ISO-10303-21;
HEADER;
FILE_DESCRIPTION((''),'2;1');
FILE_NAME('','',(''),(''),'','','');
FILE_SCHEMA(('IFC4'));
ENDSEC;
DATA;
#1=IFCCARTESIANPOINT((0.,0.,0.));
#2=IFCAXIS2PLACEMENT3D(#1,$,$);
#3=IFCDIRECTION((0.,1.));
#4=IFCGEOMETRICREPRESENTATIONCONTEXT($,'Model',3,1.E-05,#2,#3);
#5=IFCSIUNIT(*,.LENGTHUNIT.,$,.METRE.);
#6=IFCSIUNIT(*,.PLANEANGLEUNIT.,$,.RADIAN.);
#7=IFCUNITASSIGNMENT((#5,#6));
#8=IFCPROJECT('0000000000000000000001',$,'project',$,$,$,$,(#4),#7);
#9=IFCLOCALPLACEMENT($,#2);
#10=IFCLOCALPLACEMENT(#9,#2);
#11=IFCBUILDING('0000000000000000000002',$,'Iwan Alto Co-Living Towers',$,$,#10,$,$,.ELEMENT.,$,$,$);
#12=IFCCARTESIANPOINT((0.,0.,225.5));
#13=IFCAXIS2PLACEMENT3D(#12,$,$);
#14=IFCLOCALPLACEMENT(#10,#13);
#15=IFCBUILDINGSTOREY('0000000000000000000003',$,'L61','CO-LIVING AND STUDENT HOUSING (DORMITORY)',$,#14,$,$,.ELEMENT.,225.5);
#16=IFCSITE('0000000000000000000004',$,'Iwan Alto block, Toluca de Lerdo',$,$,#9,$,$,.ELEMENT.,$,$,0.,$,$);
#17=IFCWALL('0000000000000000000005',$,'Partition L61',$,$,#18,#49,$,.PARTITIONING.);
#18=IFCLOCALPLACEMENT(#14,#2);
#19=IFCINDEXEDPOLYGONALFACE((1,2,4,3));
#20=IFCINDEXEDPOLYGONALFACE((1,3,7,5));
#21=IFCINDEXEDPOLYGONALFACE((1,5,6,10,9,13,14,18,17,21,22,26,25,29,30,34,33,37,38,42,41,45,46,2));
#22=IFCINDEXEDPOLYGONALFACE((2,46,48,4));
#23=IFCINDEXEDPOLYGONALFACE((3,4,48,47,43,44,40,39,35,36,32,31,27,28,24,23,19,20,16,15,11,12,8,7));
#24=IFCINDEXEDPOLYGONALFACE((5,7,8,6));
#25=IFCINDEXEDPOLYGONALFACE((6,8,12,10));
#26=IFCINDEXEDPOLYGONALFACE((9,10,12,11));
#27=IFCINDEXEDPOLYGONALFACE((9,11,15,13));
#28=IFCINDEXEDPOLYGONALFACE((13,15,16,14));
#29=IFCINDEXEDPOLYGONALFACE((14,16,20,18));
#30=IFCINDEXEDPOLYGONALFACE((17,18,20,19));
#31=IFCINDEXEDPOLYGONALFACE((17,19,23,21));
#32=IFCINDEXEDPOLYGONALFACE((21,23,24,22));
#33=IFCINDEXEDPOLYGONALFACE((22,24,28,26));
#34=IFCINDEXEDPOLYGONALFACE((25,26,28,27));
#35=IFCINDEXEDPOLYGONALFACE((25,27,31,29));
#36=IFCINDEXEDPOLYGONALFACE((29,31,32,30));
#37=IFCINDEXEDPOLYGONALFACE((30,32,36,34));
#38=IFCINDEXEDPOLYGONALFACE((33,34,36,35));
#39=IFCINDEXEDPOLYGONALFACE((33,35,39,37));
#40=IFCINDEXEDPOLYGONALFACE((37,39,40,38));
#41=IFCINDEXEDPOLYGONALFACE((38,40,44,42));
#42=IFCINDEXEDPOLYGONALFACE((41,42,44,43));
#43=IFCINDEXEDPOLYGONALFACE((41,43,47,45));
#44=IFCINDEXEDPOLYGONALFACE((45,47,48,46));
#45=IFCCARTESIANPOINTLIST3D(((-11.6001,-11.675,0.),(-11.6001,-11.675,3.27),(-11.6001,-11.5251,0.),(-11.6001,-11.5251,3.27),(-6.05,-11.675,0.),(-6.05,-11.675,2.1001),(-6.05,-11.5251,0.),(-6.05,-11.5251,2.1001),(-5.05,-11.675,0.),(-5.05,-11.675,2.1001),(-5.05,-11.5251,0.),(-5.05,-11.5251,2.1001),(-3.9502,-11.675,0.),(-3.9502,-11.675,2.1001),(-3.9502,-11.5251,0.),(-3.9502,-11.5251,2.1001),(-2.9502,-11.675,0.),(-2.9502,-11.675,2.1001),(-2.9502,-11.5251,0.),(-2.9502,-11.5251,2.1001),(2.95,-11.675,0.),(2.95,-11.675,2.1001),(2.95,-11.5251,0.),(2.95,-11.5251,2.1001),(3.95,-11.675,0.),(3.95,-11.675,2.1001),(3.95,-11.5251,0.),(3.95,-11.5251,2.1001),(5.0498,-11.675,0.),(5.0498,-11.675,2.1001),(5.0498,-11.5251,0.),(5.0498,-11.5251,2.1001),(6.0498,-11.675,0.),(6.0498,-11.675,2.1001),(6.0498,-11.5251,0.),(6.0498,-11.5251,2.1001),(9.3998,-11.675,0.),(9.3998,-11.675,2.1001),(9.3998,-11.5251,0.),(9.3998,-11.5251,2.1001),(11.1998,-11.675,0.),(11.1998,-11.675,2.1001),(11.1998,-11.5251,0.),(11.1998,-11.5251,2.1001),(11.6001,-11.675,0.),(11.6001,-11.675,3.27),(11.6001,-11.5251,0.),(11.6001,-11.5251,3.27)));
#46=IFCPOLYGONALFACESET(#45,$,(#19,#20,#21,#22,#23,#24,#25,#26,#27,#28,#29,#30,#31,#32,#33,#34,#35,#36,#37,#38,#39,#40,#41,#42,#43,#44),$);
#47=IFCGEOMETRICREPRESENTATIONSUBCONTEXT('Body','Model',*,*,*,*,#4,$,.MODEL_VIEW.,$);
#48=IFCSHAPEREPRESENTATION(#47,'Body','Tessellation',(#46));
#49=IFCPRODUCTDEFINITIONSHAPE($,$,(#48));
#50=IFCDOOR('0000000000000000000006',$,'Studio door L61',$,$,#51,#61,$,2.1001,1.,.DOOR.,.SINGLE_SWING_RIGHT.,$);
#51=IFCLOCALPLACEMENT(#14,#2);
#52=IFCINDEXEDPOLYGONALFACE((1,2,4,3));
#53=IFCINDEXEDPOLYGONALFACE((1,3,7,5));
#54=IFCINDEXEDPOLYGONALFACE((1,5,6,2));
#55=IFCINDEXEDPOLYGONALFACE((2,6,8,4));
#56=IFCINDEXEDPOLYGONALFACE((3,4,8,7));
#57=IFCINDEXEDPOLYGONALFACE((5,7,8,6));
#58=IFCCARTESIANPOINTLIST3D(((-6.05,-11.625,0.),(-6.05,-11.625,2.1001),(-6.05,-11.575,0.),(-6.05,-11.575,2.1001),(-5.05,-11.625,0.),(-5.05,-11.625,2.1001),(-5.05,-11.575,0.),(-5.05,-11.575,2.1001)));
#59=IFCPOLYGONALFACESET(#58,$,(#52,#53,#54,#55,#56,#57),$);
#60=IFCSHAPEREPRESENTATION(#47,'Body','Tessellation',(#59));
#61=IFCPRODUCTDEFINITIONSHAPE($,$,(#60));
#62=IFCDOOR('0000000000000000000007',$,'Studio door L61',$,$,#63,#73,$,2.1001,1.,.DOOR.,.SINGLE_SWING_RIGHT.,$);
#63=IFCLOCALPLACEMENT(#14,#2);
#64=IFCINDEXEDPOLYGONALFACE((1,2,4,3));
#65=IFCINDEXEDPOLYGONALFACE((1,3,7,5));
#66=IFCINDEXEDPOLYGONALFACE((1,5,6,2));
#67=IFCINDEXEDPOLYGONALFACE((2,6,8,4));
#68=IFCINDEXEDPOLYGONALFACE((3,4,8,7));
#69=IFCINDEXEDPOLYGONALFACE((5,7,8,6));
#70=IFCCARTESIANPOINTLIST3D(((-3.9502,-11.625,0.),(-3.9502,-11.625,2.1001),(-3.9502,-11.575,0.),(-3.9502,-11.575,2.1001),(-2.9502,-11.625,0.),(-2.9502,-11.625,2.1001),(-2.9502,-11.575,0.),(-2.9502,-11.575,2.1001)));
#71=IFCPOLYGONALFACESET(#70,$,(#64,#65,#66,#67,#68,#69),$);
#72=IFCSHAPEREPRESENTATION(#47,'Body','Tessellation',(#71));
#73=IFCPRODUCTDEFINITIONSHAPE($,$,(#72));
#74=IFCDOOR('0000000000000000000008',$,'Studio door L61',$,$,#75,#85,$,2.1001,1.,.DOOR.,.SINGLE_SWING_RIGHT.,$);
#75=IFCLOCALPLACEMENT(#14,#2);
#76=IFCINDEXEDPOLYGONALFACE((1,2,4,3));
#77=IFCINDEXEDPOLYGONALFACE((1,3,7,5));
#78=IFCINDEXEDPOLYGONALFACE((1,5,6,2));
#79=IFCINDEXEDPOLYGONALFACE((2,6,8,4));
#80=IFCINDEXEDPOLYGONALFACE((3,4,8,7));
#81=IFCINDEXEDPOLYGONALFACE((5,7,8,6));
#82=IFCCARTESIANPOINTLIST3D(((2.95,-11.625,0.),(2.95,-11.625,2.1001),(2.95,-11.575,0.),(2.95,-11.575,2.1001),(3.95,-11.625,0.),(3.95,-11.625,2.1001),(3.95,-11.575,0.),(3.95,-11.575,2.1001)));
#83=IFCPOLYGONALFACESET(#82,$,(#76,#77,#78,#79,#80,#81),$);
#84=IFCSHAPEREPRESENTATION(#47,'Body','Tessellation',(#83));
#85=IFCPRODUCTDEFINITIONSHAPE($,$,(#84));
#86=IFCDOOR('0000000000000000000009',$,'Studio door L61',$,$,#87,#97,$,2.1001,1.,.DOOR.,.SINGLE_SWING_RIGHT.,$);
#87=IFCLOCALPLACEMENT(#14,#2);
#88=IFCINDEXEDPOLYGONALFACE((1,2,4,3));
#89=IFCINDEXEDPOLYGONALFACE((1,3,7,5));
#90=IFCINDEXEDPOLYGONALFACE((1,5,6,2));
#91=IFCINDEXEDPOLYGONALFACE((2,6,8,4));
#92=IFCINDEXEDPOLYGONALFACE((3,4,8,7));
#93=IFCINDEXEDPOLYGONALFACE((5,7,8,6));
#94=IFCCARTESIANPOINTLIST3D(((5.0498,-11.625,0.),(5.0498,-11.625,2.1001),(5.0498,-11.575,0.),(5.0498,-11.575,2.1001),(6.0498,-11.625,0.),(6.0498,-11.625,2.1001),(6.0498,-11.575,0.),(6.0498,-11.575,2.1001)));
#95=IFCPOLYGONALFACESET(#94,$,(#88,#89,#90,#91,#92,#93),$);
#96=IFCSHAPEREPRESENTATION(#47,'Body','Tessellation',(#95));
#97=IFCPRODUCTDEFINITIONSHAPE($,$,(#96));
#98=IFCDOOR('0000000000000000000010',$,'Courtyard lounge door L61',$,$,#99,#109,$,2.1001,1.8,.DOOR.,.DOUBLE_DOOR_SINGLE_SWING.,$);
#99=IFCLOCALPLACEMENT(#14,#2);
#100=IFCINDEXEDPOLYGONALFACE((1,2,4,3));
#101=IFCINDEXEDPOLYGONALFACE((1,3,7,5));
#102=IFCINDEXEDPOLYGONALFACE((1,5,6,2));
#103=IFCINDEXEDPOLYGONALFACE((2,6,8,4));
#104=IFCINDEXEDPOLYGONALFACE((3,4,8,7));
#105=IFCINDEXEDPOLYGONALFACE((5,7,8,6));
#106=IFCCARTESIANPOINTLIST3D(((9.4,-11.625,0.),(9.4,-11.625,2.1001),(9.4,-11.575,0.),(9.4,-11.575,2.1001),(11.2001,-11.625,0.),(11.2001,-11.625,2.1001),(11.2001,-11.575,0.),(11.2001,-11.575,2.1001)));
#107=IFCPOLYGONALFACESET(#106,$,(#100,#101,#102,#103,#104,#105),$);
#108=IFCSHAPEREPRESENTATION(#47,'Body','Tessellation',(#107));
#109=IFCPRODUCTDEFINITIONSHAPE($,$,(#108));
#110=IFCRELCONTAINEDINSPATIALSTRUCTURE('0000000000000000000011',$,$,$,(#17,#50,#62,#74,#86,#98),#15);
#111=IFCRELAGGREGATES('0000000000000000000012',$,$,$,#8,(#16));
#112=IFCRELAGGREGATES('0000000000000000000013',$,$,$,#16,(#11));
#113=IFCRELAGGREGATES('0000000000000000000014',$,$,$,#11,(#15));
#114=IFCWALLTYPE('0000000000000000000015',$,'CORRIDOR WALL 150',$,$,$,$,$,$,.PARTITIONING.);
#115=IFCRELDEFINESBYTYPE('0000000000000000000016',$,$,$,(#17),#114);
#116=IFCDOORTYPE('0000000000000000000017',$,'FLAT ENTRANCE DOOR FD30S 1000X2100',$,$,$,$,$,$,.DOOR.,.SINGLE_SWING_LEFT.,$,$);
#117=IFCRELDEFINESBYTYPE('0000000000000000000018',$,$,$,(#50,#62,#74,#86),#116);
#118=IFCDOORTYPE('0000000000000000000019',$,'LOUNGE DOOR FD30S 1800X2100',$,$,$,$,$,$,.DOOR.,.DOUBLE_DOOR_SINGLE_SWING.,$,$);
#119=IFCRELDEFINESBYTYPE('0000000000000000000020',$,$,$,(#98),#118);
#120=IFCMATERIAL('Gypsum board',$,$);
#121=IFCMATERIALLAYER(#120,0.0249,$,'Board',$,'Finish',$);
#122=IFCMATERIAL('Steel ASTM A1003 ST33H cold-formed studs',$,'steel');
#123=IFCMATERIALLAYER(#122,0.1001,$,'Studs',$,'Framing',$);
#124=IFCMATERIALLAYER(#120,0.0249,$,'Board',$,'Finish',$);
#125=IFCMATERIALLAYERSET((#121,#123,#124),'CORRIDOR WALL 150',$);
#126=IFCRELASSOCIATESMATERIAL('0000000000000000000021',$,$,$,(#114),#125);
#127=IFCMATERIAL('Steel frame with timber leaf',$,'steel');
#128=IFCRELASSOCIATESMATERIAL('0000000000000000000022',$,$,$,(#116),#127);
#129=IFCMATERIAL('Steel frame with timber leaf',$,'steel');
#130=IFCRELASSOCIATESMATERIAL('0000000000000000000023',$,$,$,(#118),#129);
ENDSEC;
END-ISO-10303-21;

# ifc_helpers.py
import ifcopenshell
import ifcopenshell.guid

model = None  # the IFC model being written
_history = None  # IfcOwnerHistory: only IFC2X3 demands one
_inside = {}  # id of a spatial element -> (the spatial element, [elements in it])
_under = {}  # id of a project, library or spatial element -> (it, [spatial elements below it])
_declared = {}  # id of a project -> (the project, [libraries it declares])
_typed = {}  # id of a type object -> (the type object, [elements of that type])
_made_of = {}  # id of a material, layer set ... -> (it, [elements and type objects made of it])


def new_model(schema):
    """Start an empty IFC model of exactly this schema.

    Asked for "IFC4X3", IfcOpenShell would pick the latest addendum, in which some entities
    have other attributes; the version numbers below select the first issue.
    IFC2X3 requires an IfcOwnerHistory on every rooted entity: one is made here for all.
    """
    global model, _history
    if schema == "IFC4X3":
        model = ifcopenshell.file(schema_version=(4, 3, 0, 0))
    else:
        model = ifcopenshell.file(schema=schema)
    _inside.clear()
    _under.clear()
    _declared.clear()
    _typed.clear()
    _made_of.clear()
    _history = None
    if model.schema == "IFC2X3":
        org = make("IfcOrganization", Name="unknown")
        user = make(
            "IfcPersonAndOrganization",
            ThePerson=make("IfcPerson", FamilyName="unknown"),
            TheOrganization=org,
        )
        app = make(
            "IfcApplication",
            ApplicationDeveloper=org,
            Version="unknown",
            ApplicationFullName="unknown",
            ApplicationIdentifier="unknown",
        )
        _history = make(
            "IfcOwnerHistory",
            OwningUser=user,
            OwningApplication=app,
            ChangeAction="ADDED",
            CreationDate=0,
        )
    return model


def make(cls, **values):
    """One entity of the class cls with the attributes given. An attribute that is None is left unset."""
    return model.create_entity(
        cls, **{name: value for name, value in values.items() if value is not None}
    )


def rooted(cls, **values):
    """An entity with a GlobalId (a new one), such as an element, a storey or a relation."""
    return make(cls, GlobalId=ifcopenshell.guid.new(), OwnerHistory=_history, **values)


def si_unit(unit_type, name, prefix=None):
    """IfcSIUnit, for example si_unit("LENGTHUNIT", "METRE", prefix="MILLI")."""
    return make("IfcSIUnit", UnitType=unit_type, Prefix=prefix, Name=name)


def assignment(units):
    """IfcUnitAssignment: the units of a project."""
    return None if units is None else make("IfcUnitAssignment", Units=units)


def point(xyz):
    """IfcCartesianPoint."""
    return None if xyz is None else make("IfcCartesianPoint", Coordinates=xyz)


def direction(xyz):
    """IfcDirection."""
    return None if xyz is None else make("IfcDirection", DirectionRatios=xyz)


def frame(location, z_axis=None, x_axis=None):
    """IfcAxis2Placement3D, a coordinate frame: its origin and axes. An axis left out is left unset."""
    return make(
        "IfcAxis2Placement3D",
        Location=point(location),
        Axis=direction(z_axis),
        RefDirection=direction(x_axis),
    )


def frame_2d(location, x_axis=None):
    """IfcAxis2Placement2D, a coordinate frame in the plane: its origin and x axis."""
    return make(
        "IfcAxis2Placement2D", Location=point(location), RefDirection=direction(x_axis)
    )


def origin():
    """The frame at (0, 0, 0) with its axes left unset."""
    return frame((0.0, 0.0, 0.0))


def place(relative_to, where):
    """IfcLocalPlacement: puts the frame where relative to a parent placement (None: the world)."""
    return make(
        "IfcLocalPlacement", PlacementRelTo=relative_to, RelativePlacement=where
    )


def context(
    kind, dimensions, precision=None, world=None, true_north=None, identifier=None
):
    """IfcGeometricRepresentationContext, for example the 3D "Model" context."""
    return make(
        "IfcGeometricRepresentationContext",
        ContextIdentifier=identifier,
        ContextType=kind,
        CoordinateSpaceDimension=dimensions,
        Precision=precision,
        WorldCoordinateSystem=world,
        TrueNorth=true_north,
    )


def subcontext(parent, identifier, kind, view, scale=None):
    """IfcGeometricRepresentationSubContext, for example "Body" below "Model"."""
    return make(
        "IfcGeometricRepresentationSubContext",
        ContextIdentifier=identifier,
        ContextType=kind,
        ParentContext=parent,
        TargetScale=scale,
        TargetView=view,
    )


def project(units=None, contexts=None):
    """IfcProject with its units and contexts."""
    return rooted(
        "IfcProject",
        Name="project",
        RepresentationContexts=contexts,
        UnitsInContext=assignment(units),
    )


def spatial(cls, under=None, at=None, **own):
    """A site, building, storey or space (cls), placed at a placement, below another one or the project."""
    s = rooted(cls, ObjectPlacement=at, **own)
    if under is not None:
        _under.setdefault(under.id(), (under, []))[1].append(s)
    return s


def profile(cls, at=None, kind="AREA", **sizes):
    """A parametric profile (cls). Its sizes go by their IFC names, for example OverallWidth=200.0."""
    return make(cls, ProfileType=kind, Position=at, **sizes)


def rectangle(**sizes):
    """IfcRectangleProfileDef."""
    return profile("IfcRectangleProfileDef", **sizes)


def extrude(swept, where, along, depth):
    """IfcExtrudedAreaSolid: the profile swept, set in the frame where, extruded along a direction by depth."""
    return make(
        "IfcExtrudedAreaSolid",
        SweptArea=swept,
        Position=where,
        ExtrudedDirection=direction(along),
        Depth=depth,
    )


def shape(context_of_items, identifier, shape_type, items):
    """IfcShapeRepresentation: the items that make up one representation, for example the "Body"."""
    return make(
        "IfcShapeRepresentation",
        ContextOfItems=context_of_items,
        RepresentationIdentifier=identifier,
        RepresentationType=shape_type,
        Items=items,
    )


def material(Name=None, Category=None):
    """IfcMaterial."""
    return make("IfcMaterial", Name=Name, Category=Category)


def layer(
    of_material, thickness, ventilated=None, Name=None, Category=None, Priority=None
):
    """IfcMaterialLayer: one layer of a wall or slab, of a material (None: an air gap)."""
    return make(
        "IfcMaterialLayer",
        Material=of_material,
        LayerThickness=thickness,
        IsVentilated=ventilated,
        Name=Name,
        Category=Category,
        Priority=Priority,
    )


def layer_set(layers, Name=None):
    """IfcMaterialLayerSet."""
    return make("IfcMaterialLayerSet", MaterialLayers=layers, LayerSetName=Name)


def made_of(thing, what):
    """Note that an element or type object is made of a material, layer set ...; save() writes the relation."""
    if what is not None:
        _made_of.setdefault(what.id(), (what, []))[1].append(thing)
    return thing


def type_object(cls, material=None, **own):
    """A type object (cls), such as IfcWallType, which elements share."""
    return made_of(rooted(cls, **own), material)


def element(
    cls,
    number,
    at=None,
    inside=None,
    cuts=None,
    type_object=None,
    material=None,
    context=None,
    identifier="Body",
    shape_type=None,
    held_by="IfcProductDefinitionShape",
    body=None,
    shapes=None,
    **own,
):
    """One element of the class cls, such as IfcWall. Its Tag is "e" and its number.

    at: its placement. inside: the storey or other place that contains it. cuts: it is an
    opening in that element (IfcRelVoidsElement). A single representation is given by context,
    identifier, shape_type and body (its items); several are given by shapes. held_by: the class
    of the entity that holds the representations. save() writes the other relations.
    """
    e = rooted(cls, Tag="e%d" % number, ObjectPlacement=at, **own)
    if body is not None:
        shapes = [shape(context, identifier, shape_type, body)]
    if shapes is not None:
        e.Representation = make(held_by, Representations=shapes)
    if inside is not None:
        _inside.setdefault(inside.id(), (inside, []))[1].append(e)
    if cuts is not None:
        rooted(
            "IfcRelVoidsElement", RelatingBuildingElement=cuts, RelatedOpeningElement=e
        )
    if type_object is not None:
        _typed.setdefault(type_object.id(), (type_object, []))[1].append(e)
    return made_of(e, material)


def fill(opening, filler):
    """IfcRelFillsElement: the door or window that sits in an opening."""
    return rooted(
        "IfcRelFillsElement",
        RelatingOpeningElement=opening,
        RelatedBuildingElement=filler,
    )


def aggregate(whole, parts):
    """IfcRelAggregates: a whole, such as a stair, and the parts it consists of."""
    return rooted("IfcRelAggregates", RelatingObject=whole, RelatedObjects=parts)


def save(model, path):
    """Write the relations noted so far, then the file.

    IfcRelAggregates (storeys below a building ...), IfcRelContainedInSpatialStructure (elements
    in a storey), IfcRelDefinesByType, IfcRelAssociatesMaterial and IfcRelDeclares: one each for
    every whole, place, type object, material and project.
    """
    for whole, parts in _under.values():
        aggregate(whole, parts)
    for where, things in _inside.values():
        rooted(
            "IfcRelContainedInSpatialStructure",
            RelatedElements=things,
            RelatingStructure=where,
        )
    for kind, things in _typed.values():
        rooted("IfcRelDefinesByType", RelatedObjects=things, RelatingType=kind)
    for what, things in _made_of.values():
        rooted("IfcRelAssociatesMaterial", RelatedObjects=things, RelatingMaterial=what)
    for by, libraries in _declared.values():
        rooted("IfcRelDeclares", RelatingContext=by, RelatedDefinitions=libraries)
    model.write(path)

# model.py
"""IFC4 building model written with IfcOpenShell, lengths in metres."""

from ifc_helpers import new_model, si_unit, direction, frame, frame_2d, origin, place, context, subcontext, project, spatial, rectangle, extrude, material, layer, layer_set, type_object, element, fill, save


model = new_model("IFC4")

# Units and contexts
model_context = context("Model", 3, precision=1e-05, world=origin(), true_north=direction((0.0, 1.0)))
body_context = subcontext(model_context, "Body", "Model", "MODEL_VIEW")
ifc_project = project(units=[si_unit("LENGTHUNIT", "METRE"), si_unit("PLANEANGLEUNIT", "RADIAN")], contexts=[model_context])

# Site, building, storey
site_placement = place(None, origin())
site = spatial("IfcSite", under=ifc_project, at=site_placement, Name="Iwan Alto block, Toluca de Lerdo", CompositionType="ELEMENT", RefElevation=0.0)
building_placement = place(site_placement, origin())
building = spatial("IfcBuilding", under=site, at=building_placement, Name="Iwan Alto Co-Living Towers", CompositionType="ELEMENT")
storey_placement = place(building_placement, frame((0.0, 0.0, 225.5)))
storey = spatial("IfcBuildingStorey", under=building, at=storey_placement, Name="L61", Description="CO-LIVING AND STUDENT HOUSING (DORMITORY)", CompositionType="ELEMENT", Elevation=225.5)

# Wall, openings, doors
ifc_material_1 = material(Name="Gypsum board")
ifc_layer_1 = layer(ifc_material_1, 0.0249, Name="Board", Category="Finish")
ifc_material_2 = material(Name="Steel ASTM A1003 ST33H cold-formed studs", Category="steel")
ifc_layer_2 = layer(ifc_material_2, 0.1001, Name="Studs", Category="Framing")
ifc_layer_3 = layer(ifc_material_1, 0.0249, Name="Board", Category="Finish")
ifc_layer_set_1 = layer_set([ifc_layer_1, ifc_layer_2, ifc_layer_3], Name="CORRIDOR WALL 150")
wall_type_1 = type_object("IfcWallType", Name="CORRIDOR WALL 150", PredefinedType="PARTITIONING", material=ifc_layer_set_1)
wall_1_placement = place(storey_placement, frame((-11.6001, -11.6001, 0.0), z_axis=(0.0, 0.0, 1.0), x_axis=(1.0, 0.0, 0.0)))
wall_1 = element("IfcWall", 1, at=wall_1_placement, inside=storey, type_object=wall_type_1, Name="Partition L61", PredefinedType="PARTITIONING", context=body_context, shape_type="SweptSolid", body=[
    extrude(rectangle(XDim=23.2002, YDim=0.1499, at=frame_2d((11.6001, 0.0))), origin(), (0.0, 0.0, 1.0), 3.27),
])
opening_1_placement = place(wall_1_placement, frame((5.55, 0.0, 0.0)))
opening_1 = element("IfcOpeningElement", 2, at=opening_1_placement, cuts=wall_1, PredefinedType="OPENING", context=body_context, shape_type="SweptSolid", body=[
    extrude(rectangle(XDim=1.0, YDim=2.1001, at=frame_2d((0.5, 1.05))), frame((0.0, 0.085, 0.0), z_axis=(0.0, -1.0, 0.0), x_axis=(1.0, 0.0, 0.0)), (0.0, 0.0, 1.0), 0.1699),
])
opening_2_placement = place(wall_1_placement, frame((7.6499, 0.0, 0.0)))
opening_2 = element("IfcOpeningElement", 3, at=opening_2_placement, cuts=wall_1, PredefinedType="OPENING", context=body_context, shape_type="SweptSolid", body=[
    extrude(rectangle(XDim=1.0, YDim=2.1001, at=frame_2d((0.5, 1.05))), frame((0.0, 0.085, 0.0), z_axis=(0.0, -1.0, 0.0), x_axis=(1.0, 0.0, 0.0)), (0.0, 0.0, 1.0), 0.1699),
])
opening_3_placement = place(wall_1_placement, frame((14.55, 0.0, 0.0)))
opening_3 = element("IfcOpeningElement", 4, at=opening_3_placement, cuts=wall_1, PredefinedType="OPENING", context=body_context, shape_type="SweptSolid", body=[
    extrude(rectangle(XDim=1.0, YDim=2.1001, at=frame_2d((0.5, 1.05))), frame((0.0, 0.085, 0.0), z_axis=(0.0, -1.0, 0.0), x_axis=(1.0, 0.0, 0.0)), (0.0, 0.0, 1.0), 0.1699),
])
opening_4_placement = place(wall_1_placement, frame((16.6499, 0.0, 0.0)))
opening_4 = element("IfcOpeningElement", 5, at=opening_4_placement, cuts=wall_1, PredefinedType="OPENING", context=body_context, shape_type="SweptSolid", body=[
    extrude(rectangle(XDim=1.0, YDim=2.1001, at=frame_2d((0.5, 1.05))), frame((0.0, 0.085, 0.0), z_axis=(0.0, -1.0, 0.0), x_axis=(1.0, 0.0, 0.0)), (0.0, 0.0, 1.0), 0.1699),
])
opening_5_placement = place(wall_1_placement, frame((21.0, 0.0, 0.0)))
opening_5 = element("IfcOpeningElement", 6, at=opening_5_placement, cuts=wall_1, PredefinedType="OPENING", context=body_context, shape_type="SweptSolid", body=[
    extrude(rectangle(XDim=1.8, YDim=2.1001, at=frame_2d((0.8999, 1.05))), frame((0.0, 0.085, 0.0), z_axis=(0.0, -1.0, 0.0), x_axis=(1.0, 0.0, 0.0)), (0.0, 0.0, 1.0), 0.1699),
])
ifc_material_3 = material(Name="Steel frame with timber leaf", Category="steel")
door_type_1 = type_object("IfcDoorType", Name="FLAT ENTRANCE DOOR FD30S 1000X2100", OperationType="SINGLE_SWING_LEFT", PredefinedType="DOOR", material=ifc_material_3)
door_1_placement = place(opening_1_placement, frame((1.0, 0.0, 0.0), z_axis=(0.0, 0.0, 1.0), x_axis=(-1.0, 0.0, 0.0)))
door_1 = element("IfcDoor", 7, at=door_1_placement, inside=storey, type_object=door_type_1, Name="Studio door L61", OperationType="SINGLE_SWING_RIGHT", OverallHeight=2.1001, OverallWidth=1.0, PredefinedType="DOOR", context=body_context, shape_type="SweptSolid", body=[
    extrude(rectangle(XDim=1.0, YDim=2.1001, at=frame_2d((0.5, 1.05))), frame((0.0, 0.0249, 0.0), z_axis=(0.0, -1.0, 0.0), x_axis=(1.0, 0.0, 0.0)), (0.0, 0.0, 1.0), 0.05),
])
fill(opening_1, door_1)
door_2_placement = place(opening_2_placement, frame((1.0, 0.0, 0.0), z_axis=(0.0, 0.0, 1.0), x_axis=(-1.0, 0.0, 0.0)))
door_2 = element("IfcDoor", 8, at=door_2_placement, inside=storey, type_object=door_type_1, Name="Studio door L61", OperationType="SINGLE_SWING_RIGHT", OverallHeight=2.1001, OverallWidth=1.0, PredefinedType="DOOR", context=body_context, shape_type="SweptSolid", body=[
    extrude(rectangle(XDim=1.0, YDim=2.1001, at=frame_2d((0.5, 1.05))), frame((0.0, 0.0249, 0.0), z_axis=(0.0, -1.0, 0.0), x_axis=(1.0, 0.0, 0.0)), (0.0, 0.0, 1.0), 0.05),
])
fill(opening_2, door_2)
door_3_placement = place(opening_3_placement, frame((1.0, 0.0, 0.0), z_axis=(0.0, 0.0, 1.0), x_axis=(-1.0, 0.0, 0.0)))
door_3 = element("IfcDoor", 9, at=door_3_placement, inside=storey, type_object=door_type_1, Name="Studio door L61", OperationType="SINGLE_SWING_RIGHT", OverallHeight=2.1001, OverallWidth=1.0, PredefinedType="DOOR", context=body_context, shape_type="SweptSolid", body=[
    extrude(rectangle(XDim=1.0, YDim=2.1001, at=frame_2d((0.5, 1.05))), frame((0.0, 0.0249, 0.0), z_axis=(0.0, -1.0, 0.0), x_axis=(1.0, 0.0, 0.0)), (0.0, 0.0, 1.0), 0.05),
])
fill(opening_3, door_3)
door_4_placement = place(opening_4_placement, frame((1.0, 0.0, 0.0), z_axis=(0.0, 0.0, 1.0), x_axis=(-1.0, 0.0, 0.0)))
door_4 = element("IfcDoor", 10, at=door_4_placement, inside=storey, type_object=door_type_1, Name="Studio door L61", OperationType="SINGLE_SWING_RIGHT", OverallHeight=2.1001, OverallWidth=1.0, PredefinedType="DOOR", context=body_context, shape_type="SweptSolid", body=[
    extrude(rectangle(XDim=1.0, YDim=2.1001, at=frame_2d((0.5, 1.05))), frame((0.0, 0.0249, 0.0), z_axis=(0.0, -1.0, 0.0), x_axis=(1.0, 0.0, 0.0)), (0.0, 0.0, 1.0), 0.05),
])
fill(opening_4, door_4)
ifc_material_4 = material(Name="Steel frame with timber leaf", Category="steel")
door_type_2 = type_object("IfcDoorType", Name="LOUNGE DOOR FD30S 1800X2100", OperationType="DOUBLE_DOOR_SINGLE_SWING", PredefinedType="DOOR", material=ifc_material_4)
door_5_placement = place(opening_5_placement, frame((1.8, 0.0, 0.0), z_axis=(0.0, 0.0, 1.0), x_axis=(-1.0, 0.0, 0.0)))
door_5 = element("IfcDoor", 11, at=door_5_placement, inside=storey, type_object=door_type_2, Name="Courtyard lounge door L61", OperationType="DOUBLE_DOOR_SINGLE_SWING", OverallHeight=2.1001, OverallWidth=1.8, PredefinedType="DOOR", context=body_context, shape_type="SweptSolid", body=[
    extrude(rectangle(XDim=1.8, YDim=2.1001, at=frame_2d((0.8999, 1.05))), frame((0.0, 0.0249, 0.0), z_axis=(0.0, -1.0, 0.0), x_axis=(1.0, 0.0, 0.0)), (0.0, 0.0, 1.0), 0.05),
])
fill(opening_5, door_5)

save(model, "model.ifc")
